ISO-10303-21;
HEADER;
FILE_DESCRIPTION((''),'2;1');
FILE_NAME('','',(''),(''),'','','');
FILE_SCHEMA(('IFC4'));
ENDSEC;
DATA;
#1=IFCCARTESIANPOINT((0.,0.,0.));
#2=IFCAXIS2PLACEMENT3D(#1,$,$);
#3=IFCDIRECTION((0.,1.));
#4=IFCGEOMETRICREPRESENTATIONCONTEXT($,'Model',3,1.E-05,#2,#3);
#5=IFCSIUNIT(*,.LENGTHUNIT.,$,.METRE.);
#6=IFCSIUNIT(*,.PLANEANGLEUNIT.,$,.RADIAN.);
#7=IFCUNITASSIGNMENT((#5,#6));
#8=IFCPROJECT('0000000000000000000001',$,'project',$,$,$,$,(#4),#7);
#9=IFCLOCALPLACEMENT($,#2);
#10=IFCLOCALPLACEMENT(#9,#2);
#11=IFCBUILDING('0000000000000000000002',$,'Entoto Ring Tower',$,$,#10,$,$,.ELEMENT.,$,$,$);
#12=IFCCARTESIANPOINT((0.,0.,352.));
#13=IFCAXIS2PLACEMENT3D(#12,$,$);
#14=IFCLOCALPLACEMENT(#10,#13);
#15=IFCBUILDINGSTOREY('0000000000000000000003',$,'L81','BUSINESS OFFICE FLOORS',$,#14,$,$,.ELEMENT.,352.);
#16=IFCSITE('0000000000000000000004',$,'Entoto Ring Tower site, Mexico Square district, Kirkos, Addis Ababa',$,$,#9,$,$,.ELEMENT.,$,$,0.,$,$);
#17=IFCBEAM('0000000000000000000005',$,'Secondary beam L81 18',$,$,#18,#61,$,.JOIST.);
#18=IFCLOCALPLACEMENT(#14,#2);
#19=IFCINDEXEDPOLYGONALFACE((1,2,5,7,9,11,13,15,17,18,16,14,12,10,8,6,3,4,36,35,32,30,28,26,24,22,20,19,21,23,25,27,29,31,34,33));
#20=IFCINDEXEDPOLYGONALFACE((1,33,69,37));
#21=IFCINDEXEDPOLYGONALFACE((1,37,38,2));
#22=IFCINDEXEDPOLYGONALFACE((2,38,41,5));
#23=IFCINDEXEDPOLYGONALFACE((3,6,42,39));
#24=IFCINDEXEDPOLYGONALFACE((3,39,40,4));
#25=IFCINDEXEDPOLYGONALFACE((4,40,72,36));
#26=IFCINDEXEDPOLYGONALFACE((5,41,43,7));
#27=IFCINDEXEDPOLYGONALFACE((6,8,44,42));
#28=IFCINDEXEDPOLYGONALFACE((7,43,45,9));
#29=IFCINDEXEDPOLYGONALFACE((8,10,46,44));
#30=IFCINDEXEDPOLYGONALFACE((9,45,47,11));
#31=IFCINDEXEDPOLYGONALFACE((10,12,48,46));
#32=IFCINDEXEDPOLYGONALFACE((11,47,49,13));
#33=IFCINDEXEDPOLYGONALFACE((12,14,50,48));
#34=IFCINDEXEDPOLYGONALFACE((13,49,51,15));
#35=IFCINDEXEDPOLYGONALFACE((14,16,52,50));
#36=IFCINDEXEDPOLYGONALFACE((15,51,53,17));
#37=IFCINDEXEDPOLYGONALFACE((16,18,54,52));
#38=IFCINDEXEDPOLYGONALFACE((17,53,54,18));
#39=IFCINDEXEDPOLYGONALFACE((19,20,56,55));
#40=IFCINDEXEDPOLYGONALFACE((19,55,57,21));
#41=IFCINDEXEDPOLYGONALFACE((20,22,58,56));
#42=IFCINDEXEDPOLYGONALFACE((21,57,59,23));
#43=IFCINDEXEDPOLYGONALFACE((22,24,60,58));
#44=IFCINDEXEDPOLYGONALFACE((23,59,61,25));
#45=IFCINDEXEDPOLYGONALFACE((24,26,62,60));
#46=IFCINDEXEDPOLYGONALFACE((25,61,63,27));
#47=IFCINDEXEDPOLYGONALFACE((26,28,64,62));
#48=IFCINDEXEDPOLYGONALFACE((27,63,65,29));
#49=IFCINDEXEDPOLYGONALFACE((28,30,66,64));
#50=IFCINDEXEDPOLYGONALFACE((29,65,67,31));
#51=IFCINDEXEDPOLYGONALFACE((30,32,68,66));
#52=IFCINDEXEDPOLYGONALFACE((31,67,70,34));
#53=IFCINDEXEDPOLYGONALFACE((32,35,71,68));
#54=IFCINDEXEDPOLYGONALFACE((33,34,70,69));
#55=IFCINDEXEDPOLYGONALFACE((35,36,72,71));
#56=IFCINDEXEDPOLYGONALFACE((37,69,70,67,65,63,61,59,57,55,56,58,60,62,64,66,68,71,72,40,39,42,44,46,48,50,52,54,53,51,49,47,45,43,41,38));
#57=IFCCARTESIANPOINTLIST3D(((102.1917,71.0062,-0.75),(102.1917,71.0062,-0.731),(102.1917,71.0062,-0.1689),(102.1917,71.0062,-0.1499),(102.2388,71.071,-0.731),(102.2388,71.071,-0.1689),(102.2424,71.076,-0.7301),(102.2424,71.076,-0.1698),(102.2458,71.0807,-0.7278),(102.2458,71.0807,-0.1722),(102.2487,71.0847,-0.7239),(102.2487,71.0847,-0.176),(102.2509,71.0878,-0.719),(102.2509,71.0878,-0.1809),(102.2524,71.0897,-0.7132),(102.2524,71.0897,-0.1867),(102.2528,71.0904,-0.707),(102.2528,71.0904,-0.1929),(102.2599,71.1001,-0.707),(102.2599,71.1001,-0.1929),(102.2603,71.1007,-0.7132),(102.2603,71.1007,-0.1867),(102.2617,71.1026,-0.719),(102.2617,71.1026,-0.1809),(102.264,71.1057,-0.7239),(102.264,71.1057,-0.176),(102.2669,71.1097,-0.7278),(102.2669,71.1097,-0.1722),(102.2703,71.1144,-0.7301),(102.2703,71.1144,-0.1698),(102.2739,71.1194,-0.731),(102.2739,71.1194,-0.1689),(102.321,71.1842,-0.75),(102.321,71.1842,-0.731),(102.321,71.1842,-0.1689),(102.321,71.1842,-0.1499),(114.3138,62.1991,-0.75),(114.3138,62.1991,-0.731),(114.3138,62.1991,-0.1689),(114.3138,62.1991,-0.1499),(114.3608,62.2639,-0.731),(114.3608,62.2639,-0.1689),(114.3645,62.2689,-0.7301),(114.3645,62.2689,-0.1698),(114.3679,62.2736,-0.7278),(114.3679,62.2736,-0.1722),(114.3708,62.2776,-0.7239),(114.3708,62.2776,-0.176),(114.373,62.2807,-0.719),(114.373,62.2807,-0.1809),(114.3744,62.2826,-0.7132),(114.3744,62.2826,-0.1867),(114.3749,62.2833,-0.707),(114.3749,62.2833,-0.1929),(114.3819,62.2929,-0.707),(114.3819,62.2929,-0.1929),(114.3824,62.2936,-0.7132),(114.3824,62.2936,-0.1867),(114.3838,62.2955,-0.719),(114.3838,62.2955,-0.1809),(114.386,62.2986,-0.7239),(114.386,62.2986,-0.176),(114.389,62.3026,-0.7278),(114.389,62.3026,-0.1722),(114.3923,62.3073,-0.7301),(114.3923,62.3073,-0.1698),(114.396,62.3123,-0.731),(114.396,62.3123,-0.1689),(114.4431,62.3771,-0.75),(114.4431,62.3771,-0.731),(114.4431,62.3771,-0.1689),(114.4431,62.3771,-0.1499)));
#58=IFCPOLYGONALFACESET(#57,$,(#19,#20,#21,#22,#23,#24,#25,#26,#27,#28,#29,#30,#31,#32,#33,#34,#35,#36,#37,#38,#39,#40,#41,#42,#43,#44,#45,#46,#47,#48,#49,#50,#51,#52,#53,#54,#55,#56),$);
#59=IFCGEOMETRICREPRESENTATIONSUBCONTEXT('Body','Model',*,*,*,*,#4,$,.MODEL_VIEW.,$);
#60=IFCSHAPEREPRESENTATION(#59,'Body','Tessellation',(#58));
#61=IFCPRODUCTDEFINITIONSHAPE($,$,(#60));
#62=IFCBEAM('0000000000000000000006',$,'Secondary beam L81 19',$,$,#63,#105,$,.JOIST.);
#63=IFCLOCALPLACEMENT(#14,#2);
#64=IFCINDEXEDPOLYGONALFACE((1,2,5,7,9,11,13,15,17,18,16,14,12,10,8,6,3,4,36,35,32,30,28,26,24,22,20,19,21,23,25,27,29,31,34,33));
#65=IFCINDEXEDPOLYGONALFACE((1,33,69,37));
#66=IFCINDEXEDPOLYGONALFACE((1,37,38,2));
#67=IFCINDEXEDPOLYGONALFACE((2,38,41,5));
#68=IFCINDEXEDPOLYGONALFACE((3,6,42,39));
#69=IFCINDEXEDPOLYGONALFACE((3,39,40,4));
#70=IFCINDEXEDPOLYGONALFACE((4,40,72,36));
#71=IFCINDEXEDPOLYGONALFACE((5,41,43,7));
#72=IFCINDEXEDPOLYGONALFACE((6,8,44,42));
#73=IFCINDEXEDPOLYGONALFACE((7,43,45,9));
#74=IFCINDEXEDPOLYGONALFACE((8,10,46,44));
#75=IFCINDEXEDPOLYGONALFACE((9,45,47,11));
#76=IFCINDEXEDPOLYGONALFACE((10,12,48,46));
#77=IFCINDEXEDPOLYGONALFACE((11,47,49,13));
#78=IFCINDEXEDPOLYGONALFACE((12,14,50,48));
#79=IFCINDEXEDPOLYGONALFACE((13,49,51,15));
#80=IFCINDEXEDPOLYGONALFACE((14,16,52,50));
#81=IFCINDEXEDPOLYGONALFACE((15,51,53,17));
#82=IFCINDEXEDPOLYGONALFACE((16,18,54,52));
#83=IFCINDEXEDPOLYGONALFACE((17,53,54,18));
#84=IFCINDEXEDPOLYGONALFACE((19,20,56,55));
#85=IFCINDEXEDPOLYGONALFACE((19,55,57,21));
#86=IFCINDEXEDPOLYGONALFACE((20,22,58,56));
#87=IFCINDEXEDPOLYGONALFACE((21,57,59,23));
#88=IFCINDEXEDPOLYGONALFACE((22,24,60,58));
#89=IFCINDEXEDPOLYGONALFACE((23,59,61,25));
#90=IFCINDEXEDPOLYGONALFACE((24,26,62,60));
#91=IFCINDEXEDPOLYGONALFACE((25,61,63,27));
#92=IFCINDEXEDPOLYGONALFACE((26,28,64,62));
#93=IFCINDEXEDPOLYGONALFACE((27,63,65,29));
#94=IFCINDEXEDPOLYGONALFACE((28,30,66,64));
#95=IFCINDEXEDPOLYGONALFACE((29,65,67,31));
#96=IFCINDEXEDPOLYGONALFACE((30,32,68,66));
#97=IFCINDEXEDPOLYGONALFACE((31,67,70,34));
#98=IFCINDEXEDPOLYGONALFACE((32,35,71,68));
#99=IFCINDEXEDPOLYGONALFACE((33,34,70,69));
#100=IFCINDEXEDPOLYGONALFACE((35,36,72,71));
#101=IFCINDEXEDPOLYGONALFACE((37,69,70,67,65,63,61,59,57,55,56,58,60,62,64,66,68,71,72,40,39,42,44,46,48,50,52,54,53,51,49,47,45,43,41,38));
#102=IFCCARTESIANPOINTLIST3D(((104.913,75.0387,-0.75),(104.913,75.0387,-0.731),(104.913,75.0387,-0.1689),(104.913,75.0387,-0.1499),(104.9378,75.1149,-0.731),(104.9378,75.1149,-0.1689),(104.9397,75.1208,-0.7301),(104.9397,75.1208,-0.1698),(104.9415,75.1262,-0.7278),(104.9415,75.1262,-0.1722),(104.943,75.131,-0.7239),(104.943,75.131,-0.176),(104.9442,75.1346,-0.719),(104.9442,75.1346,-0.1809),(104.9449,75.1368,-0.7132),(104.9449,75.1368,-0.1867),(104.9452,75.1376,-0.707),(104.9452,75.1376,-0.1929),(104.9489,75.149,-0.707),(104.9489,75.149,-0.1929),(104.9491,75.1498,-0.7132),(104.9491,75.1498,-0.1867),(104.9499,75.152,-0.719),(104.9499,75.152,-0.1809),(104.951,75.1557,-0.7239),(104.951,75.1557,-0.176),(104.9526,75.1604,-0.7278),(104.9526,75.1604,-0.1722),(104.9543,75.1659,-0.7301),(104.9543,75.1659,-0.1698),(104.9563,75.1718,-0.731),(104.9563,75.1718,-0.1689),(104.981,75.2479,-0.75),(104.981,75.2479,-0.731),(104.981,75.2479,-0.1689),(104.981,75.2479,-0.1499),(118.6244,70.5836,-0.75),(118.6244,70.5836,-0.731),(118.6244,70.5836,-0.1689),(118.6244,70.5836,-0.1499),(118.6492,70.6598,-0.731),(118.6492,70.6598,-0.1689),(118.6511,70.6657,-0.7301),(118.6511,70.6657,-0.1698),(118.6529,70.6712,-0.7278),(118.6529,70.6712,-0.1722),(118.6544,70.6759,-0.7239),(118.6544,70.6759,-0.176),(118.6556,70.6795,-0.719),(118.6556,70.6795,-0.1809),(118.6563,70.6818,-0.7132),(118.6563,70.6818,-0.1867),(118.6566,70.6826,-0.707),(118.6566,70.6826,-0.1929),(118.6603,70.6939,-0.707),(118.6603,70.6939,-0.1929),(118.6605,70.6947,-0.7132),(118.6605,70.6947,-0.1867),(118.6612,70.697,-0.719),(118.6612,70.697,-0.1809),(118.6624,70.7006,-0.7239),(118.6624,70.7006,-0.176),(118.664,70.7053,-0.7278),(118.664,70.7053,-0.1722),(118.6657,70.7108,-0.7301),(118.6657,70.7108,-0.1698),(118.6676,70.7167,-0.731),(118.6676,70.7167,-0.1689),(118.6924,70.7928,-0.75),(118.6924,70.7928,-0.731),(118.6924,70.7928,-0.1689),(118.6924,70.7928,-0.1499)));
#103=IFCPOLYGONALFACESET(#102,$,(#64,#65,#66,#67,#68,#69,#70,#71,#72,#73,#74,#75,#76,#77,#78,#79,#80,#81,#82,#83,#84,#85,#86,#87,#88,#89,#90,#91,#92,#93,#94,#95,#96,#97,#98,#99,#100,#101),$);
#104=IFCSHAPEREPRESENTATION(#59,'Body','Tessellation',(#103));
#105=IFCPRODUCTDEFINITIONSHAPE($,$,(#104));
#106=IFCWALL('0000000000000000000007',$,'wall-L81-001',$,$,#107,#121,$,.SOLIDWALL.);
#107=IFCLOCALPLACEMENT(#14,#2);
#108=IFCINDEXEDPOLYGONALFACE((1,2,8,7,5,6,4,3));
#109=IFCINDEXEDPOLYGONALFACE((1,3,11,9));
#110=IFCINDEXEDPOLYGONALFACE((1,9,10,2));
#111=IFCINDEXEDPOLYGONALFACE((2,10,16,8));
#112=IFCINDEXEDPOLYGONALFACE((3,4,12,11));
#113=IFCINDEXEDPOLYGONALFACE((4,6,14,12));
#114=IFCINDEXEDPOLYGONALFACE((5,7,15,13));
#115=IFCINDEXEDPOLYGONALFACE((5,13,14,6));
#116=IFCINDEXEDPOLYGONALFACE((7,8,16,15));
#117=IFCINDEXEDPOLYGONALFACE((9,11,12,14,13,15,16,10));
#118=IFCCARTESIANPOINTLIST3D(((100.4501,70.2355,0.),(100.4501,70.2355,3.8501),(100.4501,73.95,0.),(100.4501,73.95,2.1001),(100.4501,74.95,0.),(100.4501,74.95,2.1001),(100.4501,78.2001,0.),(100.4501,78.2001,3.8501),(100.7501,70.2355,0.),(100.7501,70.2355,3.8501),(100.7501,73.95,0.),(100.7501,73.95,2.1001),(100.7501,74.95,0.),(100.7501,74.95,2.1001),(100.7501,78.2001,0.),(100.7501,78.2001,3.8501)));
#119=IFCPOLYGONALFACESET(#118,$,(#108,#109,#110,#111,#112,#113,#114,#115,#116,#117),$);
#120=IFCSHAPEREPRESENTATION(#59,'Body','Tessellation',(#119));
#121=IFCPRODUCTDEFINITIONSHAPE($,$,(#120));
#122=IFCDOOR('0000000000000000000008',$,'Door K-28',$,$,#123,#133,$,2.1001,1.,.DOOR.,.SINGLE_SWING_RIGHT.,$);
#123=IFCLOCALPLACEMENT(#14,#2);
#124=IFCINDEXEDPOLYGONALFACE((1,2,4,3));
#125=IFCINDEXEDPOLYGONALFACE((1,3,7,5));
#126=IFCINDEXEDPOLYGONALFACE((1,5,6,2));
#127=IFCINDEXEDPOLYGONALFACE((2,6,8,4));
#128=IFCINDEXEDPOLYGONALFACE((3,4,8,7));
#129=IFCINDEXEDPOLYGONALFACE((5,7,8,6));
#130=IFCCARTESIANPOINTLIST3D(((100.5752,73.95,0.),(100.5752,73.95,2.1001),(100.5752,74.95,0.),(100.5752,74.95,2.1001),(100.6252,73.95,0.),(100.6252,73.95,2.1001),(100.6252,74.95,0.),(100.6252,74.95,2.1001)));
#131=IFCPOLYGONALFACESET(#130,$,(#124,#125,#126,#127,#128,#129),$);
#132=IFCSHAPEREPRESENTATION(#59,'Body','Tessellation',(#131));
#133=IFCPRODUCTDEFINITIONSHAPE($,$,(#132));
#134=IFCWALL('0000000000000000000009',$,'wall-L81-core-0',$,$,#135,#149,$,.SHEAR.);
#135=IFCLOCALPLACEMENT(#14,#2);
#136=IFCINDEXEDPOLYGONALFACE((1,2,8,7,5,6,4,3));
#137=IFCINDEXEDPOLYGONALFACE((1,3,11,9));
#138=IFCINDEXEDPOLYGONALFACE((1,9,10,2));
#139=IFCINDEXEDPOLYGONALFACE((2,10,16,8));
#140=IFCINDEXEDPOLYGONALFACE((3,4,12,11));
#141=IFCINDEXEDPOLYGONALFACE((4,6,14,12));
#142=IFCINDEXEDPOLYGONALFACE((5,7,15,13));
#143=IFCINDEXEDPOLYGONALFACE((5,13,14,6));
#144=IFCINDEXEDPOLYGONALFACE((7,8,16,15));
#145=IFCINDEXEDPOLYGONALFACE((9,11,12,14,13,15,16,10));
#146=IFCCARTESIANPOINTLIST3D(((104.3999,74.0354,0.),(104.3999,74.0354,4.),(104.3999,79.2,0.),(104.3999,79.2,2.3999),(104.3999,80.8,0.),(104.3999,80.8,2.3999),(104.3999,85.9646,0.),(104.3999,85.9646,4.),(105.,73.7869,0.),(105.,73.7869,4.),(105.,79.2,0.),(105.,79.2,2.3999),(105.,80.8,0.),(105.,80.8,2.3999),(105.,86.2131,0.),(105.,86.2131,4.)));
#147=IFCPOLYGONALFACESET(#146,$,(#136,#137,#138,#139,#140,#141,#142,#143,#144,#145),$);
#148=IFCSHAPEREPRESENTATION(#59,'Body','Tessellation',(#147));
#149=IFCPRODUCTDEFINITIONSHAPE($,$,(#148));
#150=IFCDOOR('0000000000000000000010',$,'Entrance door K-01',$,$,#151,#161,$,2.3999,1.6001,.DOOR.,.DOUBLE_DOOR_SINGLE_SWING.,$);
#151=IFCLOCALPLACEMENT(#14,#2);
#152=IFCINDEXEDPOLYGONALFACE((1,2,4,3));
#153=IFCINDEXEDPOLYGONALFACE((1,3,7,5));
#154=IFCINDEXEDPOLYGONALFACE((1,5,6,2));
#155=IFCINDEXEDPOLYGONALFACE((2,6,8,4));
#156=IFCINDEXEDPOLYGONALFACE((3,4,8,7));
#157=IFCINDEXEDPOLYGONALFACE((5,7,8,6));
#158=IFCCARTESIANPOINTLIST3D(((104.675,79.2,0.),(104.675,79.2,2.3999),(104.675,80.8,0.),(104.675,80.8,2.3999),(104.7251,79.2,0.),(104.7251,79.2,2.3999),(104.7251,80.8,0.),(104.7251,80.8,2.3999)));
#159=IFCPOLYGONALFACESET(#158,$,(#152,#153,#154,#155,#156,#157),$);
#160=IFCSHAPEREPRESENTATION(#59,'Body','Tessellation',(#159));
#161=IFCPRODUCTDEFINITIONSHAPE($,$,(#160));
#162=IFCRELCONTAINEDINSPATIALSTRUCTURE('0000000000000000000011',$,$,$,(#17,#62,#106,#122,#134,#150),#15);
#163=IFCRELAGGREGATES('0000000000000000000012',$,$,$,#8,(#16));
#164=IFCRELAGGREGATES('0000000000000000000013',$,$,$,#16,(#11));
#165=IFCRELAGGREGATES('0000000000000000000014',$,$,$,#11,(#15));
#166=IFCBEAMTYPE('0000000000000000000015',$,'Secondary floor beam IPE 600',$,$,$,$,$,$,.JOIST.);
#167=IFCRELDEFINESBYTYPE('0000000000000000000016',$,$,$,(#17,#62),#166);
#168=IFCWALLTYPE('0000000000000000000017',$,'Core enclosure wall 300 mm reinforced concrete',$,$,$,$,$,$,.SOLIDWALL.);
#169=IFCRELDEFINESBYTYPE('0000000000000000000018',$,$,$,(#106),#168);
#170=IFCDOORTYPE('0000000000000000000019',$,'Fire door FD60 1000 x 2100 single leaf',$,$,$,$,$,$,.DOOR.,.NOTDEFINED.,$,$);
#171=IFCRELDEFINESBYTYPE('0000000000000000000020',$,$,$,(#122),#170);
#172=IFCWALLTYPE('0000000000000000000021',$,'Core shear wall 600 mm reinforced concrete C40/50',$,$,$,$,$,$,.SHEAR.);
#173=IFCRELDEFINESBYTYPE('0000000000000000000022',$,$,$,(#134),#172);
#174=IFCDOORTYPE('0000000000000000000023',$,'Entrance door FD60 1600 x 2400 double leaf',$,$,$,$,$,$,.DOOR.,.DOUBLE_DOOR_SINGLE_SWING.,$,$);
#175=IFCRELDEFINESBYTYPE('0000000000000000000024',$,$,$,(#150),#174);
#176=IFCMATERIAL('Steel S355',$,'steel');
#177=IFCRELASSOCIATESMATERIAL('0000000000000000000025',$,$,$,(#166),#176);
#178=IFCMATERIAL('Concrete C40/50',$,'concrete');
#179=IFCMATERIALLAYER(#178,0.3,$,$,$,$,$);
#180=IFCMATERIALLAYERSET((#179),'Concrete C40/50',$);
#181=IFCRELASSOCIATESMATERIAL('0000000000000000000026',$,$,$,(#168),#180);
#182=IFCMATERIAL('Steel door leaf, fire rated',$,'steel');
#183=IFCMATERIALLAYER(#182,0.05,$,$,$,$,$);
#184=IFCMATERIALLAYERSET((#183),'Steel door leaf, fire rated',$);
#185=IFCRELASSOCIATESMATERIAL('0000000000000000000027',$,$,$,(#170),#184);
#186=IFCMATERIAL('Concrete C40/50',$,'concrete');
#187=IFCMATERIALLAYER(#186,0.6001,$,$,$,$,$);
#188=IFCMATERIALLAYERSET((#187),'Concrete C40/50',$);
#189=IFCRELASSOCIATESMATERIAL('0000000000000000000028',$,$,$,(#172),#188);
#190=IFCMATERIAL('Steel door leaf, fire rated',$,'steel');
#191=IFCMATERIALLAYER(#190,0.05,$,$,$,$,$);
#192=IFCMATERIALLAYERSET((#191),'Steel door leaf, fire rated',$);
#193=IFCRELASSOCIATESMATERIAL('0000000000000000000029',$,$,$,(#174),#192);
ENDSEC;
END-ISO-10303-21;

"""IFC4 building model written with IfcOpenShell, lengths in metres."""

from ifc_helpers import new_model, si_unit, direction, frame, frame_2d, origin, origin_2d, place, context, subcontext, project, spatial, polyline, rectangle, i_section, outline, extrude, material, layer, layer_set, material_profile, profile_set, type_object, element, fill, save


model = new_model("IFC4")

# Units and contexts
model_context = context("Model", 3, precision=1e-05, world=origin(), true_north=direction((0.0, 1.0)))
body_context = subcontext(model_context, "Body", "Model", "MODEL_VIEW")
ifc_project = project(units=[si_unit("LENGTHUNIT", "METRE"), si_unit("PLANEANGLEUNIT", "RADIAN")], contexts=[model_context])

# Site, building, storey
site_placement = place(None, origin())
site = spatial("IfcSite", under=ifc_project, at=site_placement, Name="Entoto Ring Tower site, Mexico Square district, Kirkos, Addis Ababa", CompositionType="ELEMENT", RefElevation=0.0)
building_placement = place(site_placement, origin())
building = spatial("IfcBuilding", under=site, at=building_placement, Name="Entoto Ring Tower", CompositionType="ELEMENT")
storey_placement = place(building_placement, frame((0.0, 0.0, 352.0)))
storey = spatial("IfcBuildingStorey", under=building, at=storey_placement, Name="L81", Description="BUSINESS OFFICE FLOORS", CompositionType="ELEMENT", Elevation=352.0)

# Beams
ifc_material_1 = material(Name="Steel S355", Category="steel")
ifc_material_profile_1 = material_profile(ifc_material_1, i_section(OverallWidth=0.22, OverallDepth=0.6001, WebThickness=0.012, FlangeThickness=0.019, FilletRadius=0.0239, at=origin_2d()), Name="IPE 600")
ifc_profile_set_1 = profile_set([ifc_material_profile_1], Name="Steel S355")
beam_type_1 = type_object("IfcBeamType", Name="Secondary floor beam IPE 600", PredefinedType="JOIST", material=ifc_profile_set_1)
beam_1_placement = place(storey_placement, frame((102.2563, 71.0952, -0.45), z_axis=(0.809019, -0.587782, 0.0), x_axis=(0.587782, 0.809019, 0.0)))
element("IfcBeam", 1, at=beam_1_placement, inside=storey, type_object=beam_type_1, Name="Secondary beam L81 18", PredefinedType="JOIST", context=body_context, shape_type="SweptSolid", body=[
    extrude(i_section(OverallWidth=0.22, OverallDepth=0.6001, WebThickness=0.012, FlangeThickness=0.019, FilletRadius=0.0239, at=origin_2d()), origin(), (0.0, 0.0, 1.0), 14.9836),
])
beam_2_placement = place(storey_placement, frame((104.947, 75.1433, -0.45), z_axis=(0.951057, -0.309015, 0.0), x_axis=(0.309015, 0.951057, 0.0)))
element("IfcBeam", 2, at=beam_2_placement, inside=storey, type_object=beam_type_1, Name="Secondary beam L81 19", PredefinedType="JOIST", context=body_context, shape_type="SweptSolid", body=[
    extrude(i_section(OverallWidth=0.22, OverallDepth=0.6001, WebThickness=0.012, FlangeThickness=0.019, FilletRadius=0.0239, at=origin_2d()), origin(), (0.0, 0.0, 1.0), 14.417),
])

# Walls, openings, doors
ifc_material_2 = material(Name="Concrete C40/50", Category="concrete")
ifc_layer_1 = layer(ifc_material_2, 0.3)
ifc_layer_set_1 = layer_set([ifc_layer_1], Name="Concrete C40/50")
wall_type_1 = type_object("IfcWallType", Name="Core enclosure wall 300 mm reinforced concrete", PredefinedType="SOLIDWALL", material=ifc_layer_set_1)
wall_1_placement = place(storey_placement, frame((100.6001, 70.2354, 0.0), z_axis=(0.0, 0.0, 1.0), x_axis=(0.0, 1.0, 0.0)))
wall_1 = element("IfcWall", 3, at=wall_1_placement, inside=storey, type_object=wall_type_1, Name="wall-L81-001", PredefinedType="SOLIDWALL", context=body_context, shape_type="SweptSolid", body=[
    extrude(rectangle(XDim=7.9646, YDim=0.3, at=frame_2d((3.9824, 0.0))), origin(), (0.0, 0.0, 1.0), 3.8501),
])
opening_1_placement = place(wall_1_placement, frame((3.7146, 0.0, 0.0)))
opening_1 = element("IfcOpeningElement", 4, at=opening_1_placement, cuts=wall_1, PredefinedType="OPENING", context=body_context, shape_type="SweptSolid", body=[
    extrude(rectangle(XDim=1.0, YDim=2.1001, at=frame_2d((0.5, 1.05))), frame((0.0, 0.1602, 0.0), z_axis=(0.0, -1.0, 0.0), x_axis=(1.0, 0.0, 0.0)), (0.0, 0.0, 1.0), 0.3201),
])
ifc_material_3 = material(Name="Steel door leaf, fire rated", Category="steel")
ifc_layer_2 = layer(ifc_material_3, 0.05)
ifc_layer_set_2 = layer_set([ifc_layer_2], Name="Steel door leaf, fire rated")
door_type_1 = type_object("IfcDoorType", Name="Fire door FD60 1000 x 2100 single leaf", OperationType="NOTDEFINED", PredefinedType="DOOR", material=ifc_layer_set_2)
door_1_placement = place(opening_1_placement, origin())
door_1 = element("IfcDoor", 5, at=door_1_placement, inside=storey, type_object=door_type_1, Name="Door K-28", OperationType="SINGLE_SWING_RIGHT", OverallHeight=2.1001, OverallWidth=1.0, PredefinedType="DOOR", context=body_context, shape_type="SweptSolid", body=[
    extrude(rectangle(XDim=1.0, YDim=2.1001, at=frame_2d((0.5, 1.05))), frame((0.0, 0.0249, 0.0), z_axis=(0.0, -1.0, 0.0), x_axis=(1.0, 0.0, 0.0)), (0.0, 0.0, 1.0), 0.05),
])
fill(opening_1, door_1)
ifc_material_4 = material(Name="Concrete C40/50", Category="concrete")
ifc_layer_3 = layer(ifc_material_4, 0.6001)
ifc_layer_set_3 = layer_set([ifc_layer_3], Name="Concrete C40/50")
wall_type_2 = type_object("IfcWallType", Name="Core shear wall 600 mm reinforced concrete C40/50", PredefinedType="SHEAR", material=ifc_layer_set_3)
wall_2_placement = place(storey_placement, frame((104.7, 73.9111, 0.0), z_axis=(0.0, 0.0, 1.0), x_axis=(0.0, 1.0, 0.0)))
wall_2 = element("IfcWall", 6, at=wall_2_placement, inside=storey, type_object=wall_type_2, Name="wall-L81-core-0", PredefinedType="SHEAR", context=body_context, shape_type="SweptSolid", body=[
    extrude(outline(polyline([(-0.1243, -0.3), (12.302, -0.3), (12.0535, 0.3), (0.1243, 0.3), (-0.1243, -0.3)])), origin(), (0.0, 0.0, 1.0), 4.0),
])
opening_2_placement = place(wall_2_placement, frame((5.2888, 0.0, 0.0)))
opening_2 = element("IfcOpeningElement", 7, at=opening_2_placement, cuts=wall_2, PredefinedType="OPENING", context=body_context, shape_type="SweptSolid", body=[
    extrude(rectangle(XDim=1.6001, YDim=2.3999, at=frame_2d((0.8, 1.2))), frame((0.0, 0.3101, 0.0), z_axis=(0.0, -1.0, 0.0), x_axis=(1.0, 0.0, 0.0)), (0.0, 0.0, 1.0), 0.6201),
])
ifc_material_5 = material(Name="Steel door leaf, fire rated", Category="steel")
ifc_layer_4 = layer(ifc_material_5, 0.05)
ifc_layer_set_4 = layer_set([ifc_layer_4], Name="Steel door leaf, fire rated")
door_type_2 = type_object("IfcDoorType", Name="Entrance door FD60 1600 x 2400 double leaf", OperationType="DOUBLE_DOOR_SINGLE_SWING", PredefinedType="DOOR", material=ifc_layer_set_4)
door_2_placement = place(opening_2_placement, origin())
door_2 = element("IfcDoor", 8, at=door_2_placement, inside=storey, type_object=door_type_2, Name="Entrance door K-01", OperationType="DOUBLE_DOOR_SINGLE_SWING", OverallHeight=2.3999, OverallWidth=1.6001, PredefinedType="DOOR", context=body_context, shape_type="SweptSolid", body=[
    extrude(rectangle(XDim=1.6001, YDim=2.3999, at=frame_2d((0.8, 1.2))), frame((0.0, 0.0249, 0.0), z_axis=(0.0, -1.0, 0.0), x_axis=(1.0, 0.0, 0.0)), (0.0, 0.0, 1.0), 0.05),
])
fill(opening_2, door_2)

save(model, "model.ifc")
